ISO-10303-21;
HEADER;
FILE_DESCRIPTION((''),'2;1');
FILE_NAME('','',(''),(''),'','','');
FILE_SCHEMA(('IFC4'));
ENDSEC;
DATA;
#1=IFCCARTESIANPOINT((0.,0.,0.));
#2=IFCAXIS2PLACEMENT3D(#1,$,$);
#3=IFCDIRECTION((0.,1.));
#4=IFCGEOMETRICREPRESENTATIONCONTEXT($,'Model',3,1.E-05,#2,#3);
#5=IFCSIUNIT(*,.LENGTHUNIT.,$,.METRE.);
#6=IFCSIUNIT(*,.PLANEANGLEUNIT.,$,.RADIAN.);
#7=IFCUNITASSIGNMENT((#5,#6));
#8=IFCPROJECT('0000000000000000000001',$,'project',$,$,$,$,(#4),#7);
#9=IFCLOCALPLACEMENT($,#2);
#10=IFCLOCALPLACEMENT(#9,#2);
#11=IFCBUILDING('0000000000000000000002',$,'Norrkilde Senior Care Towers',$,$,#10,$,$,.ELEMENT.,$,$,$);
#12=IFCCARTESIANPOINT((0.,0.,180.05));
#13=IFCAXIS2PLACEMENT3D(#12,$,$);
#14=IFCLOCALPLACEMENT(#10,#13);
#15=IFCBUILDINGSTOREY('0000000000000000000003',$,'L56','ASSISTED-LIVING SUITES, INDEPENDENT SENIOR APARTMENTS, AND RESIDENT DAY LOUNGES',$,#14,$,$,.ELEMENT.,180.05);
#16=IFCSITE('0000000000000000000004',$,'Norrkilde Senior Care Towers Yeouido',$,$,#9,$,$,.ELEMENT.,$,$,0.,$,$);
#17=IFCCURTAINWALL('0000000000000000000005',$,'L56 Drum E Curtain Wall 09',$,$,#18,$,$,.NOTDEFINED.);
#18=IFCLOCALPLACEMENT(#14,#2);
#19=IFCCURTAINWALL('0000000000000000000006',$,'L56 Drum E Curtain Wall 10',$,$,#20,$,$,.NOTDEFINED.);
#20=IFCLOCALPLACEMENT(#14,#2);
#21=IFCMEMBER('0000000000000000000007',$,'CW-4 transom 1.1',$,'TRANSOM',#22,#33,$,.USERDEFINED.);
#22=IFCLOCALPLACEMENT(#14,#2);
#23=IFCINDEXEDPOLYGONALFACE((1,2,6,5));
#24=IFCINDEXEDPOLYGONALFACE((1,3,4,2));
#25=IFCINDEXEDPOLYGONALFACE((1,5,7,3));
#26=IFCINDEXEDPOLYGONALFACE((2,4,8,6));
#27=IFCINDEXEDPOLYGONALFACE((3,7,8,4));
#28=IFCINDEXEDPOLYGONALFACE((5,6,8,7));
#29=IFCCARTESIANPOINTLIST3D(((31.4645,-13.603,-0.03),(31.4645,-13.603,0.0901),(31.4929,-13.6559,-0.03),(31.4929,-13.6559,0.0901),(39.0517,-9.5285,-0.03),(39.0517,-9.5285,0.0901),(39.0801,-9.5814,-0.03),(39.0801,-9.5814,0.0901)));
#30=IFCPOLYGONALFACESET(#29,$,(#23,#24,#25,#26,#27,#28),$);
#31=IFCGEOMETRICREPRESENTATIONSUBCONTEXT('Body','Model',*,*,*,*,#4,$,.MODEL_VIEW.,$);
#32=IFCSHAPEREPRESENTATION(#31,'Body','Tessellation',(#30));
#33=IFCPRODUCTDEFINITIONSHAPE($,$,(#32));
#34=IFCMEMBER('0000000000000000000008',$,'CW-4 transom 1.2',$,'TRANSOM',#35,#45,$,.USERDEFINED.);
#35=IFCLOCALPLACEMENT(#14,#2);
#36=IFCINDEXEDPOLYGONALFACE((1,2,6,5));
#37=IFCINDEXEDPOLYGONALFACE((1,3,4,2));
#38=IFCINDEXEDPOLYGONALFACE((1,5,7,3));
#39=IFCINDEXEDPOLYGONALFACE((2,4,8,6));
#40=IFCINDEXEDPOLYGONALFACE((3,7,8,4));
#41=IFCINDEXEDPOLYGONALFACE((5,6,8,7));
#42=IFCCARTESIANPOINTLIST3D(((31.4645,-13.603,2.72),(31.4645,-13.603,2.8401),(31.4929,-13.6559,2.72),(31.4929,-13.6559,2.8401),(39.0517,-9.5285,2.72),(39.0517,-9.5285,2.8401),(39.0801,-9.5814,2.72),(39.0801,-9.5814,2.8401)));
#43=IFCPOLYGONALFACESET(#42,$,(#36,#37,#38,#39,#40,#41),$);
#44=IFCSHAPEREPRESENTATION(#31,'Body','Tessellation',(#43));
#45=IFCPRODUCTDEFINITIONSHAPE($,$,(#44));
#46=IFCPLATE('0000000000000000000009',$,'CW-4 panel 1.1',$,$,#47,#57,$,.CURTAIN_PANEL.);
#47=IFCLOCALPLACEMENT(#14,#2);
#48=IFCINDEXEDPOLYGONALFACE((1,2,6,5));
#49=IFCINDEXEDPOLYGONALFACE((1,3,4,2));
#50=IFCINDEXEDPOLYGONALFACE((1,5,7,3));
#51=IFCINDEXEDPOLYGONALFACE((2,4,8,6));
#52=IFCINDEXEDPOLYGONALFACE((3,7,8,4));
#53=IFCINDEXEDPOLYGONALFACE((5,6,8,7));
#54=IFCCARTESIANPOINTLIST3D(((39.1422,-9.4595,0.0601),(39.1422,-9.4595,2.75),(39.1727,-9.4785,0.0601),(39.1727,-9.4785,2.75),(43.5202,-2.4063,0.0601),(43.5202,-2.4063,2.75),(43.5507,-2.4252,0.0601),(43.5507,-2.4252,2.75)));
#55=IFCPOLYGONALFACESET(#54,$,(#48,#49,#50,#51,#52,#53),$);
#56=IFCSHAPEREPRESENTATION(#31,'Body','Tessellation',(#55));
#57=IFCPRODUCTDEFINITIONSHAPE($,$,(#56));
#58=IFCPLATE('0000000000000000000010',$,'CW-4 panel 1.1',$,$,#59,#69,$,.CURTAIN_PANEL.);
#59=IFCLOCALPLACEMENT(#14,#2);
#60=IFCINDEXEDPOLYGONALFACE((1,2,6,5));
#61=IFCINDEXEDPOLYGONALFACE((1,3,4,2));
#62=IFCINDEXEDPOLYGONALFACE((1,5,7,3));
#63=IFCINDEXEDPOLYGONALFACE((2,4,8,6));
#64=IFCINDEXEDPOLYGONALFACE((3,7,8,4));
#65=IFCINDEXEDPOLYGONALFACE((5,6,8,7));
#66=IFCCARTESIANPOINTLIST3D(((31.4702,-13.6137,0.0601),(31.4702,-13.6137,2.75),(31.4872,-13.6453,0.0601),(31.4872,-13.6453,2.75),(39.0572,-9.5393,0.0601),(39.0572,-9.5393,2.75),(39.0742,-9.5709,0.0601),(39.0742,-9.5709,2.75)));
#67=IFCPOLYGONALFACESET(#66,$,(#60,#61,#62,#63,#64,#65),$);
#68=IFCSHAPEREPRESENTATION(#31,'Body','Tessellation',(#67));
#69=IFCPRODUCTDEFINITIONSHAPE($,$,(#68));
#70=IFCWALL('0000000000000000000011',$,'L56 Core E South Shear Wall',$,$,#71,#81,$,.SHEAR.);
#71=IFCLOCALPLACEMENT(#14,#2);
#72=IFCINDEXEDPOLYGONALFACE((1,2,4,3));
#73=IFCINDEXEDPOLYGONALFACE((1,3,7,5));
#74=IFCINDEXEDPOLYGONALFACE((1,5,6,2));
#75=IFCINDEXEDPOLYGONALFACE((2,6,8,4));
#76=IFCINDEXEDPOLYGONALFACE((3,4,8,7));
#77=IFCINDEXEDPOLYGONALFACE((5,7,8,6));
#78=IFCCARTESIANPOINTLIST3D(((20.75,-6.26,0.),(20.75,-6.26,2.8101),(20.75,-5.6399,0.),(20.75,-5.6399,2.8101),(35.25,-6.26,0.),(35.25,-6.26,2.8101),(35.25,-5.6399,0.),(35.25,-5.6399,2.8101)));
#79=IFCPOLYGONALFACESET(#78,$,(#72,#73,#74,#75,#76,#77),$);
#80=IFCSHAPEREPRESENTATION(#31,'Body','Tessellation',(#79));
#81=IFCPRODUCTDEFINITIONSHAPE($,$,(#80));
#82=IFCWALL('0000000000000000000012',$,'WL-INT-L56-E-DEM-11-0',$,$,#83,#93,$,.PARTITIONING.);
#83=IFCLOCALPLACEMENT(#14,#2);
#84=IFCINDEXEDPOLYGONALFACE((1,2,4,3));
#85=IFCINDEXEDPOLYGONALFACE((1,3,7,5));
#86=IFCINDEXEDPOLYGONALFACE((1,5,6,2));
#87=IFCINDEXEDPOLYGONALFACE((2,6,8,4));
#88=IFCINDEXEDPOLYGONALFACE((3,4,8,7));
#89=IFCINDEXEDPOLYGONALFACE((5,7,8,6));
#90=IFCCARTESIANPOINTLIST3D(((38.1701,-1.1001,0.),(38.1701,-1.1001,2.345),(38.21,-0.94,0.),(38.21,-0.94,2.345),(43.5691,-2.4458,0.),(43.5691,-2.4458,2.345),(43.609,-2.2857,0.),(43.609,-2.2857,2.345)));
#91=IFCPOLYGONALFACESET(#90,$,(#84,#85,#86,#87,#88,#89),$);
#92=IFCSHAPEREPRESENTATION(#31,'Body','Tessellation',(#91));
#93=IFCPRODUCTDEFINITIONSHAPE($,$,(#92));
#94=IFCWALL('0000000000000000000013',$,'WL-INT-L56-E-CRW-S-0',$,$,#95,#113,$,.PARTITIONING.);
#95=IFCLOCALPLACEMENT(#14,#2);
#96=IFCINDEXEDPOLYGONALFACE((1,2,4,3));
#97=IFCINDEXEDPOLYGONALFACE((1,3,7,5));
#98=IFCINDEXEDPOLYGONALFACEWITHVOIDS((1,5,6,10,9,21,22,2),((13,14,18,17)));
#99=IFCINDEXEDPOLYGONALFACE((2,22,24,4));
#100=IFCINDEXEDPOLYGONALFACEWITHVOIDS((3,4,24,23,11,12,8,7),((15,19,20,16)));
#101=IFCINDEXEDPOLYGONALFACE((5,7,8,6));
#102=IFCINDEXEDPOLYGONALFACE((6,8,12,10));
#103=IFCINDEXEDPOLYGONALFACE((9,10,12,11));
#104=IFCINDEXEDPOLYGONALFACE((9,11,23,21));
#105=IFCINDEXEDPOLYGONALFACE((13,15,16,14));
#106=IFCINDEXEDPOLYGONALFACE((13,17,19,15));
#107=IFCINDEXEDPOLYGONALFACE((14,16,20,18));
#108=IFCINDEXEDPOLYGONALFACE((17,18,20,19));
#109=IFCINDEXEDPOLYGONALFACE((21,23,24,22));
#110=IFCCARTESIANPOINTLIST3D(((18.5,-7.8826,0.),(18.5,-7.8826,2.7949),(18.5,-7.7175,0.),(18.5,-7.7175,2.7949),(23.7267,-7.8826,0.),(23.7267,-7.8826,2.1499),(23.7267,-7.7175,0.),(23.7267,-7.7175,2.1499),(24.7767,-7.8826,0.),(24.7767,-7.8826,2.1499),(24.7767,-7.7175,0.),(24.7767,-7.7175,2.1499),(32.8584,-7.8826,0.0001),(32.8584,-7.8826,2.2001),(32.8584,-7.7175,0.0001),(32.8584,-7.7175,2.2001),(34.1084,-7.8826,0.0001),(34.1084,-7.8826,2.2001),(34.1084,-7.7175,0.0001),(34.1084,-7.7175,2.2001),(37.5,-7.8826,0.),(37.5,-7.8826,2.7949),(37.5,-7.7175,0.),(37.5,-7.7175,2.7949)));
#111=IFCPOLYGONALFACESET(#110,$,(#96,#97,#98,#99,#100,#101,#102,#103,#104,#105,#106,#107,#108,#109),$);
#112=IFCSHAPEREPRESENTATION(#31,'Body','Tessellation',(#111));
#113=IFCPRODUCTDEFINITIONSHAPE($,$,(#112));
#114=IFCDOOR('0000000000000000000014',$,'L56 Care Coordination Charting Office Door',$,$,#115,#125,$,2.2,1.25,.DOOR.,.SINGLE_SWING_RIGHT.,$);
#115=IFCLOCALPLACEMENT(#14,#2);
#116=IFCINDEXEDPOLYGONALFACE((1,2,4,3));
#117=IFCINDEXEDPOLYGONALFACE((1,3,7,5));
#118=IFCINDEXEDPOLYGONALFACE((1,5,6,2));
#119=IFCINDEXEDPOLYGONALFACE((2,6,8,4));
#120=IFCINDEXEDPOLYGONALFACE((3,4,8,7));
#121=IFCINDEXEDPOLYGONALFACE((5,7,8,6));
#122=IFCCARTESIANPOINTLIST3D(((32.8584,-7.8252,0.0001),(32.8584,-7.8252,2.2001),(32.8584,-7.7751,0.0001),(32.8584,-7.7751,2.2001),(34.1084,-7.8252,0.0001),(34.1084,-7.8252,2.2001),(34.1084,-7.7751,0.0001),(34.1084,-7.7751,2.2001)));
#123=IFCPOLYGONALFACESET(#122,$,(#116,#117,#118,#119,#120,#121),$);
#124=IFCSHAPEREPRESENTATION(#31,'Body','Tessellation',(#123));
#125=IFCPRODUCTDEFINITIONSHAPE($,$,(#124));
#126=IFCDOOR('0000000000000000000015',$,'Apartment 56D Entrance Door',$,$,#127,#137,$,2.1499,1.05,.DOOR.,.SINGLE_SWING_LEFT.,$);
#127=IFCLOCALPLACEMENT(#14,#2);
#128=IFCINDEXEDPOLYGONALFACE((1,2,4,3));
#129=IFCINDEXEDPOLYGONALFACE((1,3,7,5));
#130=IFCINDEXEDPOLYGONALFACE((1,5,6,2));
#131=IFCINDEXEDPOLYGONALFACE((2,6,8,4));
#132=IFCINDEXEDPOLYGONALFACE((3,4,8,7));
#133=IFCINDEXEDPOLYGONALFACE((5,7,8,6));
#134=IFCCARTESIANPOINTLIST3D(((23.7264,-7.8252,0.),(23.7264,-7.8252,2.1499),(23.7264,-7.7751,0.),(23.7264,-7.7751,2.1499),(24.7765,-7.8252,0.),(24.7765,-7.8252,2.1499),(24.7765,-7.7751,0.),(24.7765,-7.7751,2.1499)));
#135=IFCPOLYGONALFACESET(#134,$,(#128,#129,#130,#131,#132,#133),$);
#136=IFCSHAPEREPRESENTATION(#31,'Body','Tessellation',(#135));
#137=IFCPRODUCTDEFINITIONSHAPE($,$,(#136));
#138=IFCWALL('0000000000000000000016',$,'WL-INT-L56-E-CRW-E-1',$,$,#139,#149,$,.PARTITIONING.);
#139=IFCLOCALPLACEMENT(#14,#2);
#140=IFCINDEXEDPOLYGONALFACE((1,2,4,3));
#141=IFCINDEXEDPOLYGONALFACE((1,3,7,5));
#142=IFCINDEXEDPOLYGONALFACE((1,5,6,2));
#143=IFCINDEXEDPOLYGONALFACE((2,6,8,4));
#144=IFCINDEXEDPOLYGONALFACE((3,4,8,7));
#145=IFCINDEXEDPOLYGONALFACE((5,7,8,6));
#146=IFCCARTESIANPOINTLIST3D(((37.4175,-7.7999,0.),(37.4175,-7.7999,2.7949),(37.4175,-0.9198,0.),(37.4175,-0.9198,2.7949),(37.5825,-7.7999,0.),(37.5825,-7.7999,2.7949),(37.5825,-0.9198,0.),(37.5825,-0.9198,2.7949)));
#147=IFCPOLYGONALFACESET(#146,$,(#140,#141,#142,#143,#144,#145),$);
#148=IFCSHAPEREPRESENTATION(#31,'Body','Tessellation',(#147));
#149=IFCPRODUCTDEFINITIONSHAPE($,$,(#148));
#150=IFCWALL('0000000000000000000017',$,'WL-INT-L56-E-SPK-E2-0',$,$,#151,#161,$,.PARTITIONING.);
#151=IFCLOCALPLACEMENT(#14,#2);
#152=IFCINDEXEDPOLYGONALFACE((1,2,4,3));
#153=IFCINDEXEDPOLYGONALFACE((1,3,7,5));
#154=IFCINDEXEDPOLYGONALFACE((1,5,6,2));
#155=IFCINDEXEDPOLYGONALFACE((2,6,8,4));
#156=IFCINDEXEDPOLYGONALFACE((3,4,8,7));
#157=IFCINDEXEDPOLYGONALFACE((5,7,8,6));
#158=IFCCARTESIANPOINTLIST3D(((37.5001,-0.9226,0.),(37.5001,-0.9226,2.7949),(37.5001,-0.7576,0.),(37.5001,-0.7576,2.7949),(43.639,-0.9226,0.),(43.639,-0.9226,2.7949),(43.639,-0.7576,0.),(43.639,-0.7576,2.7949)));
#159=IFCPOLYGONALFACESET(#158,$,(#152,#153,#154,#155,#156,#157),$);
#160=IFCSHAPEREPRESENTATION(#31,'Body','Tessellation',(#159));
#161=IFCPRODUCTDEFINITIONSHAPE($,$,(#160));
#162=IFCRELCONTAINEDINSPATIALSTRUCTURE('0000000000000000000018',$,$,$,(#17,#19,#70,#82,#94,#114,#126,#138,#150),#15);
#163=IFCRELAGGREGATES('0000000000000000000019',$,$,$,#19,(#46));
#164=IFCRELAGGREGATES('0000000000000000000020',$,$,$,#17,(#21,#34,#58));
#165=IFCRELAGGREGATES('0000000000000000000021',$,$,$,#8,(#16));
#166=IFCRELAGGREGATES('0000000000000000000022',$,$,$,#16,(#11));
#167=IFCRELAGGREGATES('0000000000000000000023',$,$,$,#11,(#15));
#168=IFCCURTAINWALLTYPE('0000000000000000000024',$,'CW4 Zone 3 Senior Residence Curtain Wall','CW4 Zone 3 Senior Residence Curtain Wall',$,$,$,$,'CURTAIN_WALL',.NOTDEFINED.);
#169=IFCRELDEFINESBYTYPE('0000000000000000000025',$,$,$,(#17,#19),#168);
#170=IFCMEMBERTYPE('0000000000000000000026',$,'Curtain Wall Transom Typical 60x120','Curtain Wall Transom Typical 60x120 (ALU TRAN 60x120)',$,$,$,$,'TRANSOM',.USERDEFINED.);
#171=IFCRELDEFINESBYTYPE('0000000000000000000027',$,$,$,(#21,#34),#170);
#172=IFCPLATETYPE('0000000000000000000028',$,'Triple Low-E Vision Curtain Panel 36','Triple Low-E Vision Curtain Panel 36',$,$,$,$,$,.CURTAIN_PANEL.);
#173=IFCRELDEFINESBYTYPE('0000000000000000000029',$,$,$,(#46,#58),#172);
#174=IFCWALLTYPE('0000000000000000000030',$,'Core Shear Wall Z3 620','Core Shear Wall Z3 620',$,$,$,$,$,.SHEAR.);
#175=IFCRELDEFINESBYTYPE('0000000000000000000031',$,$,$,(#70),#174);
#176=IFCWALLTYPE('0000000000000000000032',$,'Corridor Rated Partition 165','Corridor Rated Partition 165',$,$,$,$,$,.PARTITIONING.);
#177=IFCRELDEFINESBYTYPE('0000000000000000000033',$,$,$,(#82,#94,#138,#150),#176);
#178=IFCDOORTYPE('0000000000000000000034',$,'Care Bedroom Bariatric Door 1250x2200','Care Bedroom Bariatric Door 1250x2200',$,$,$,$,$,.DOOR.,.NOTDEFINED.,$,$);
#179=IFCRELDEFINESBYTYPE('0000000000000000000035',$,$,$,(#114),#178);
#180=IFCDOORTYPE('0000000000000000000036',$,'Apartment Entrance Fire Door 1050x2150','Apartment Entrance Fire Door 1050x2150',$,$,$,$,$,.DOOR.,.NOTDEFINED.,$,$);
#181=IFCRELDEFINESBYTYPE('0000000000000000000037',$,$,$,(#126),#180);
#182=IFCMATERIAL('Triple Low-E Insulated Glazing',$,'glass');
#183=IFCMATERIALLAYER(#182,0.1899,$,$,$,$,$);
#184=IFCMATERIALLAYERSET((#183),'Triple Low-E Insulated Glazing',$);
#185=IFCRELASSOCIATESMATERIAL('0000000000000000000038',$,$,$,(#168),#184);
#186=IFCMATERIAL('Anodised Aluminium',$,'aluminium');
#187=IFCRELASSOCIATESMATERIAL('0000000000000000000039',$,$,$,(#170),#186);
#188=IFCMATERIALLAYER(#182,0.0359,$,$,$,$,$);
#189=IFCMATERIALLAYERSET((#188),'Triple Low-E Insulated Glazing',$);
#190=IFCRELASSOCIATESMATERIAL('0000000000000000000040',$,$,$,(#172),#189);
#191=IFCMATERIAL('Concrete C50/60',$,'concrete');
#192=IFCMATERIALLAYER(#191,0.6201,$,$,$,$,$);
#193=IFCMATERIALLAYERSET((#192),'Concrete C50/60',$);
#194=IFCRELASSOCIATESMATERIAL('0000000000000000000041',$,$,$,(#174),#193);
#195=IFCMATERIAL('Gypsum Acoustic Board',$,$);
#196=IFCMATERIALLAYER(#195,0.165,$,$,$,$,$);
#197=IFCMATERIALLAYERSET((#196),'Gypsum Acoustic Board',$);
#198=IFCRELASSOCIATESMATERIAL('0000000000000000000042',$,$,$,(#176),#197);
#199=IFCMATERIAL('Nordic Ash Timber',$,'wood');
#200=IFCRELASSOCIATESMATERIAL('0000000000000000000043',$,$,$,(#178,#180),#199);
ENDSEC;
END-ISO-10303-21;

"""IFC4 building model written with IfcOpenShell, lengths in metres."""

from ifc_helpers import new_model, si_unit, direction, frame, frame_2d, origin, origin_2d, place, context, subcontext, project, spatial, rectangle, extrude, source, transform, mapped, material, layer, layer_set, material_profile, profile_set, type_object, type_shapes, element, fill, aggregate, save


model = new_model("IFC4")

# Units and contexts
model_context = context("Model", 3, precision=1e-05, world=origin(), true_north=direction((0.0, 1.0)))
body_context = subcontext(model_context, "Body", "Model", "MODEL_VIEW")
ifc_project = project(units=[si_unit("LENGTHUNIT", "METRE"), si_unit("PLANEANGLEUNIT", "RADIAN")], contexts=[model_context])

# Site, building, storey
site_placement = place(None, origin())
site = spatial("IfcSite", under=ifc_project, at=site_placement, Name="Norrkilde Senior Care Towers Yeouido", CompositionType="ELEMENT", RefElevation=0.0)
building_placement = place(site_placement, origin())
building = spatial("IfcBuilding", under=site, at=building_placement, Name="Norrkilde Senior Care Towers", CompositionType="ELEMENT")
storey_placement = place(building_placement, frame((0.0, 0.0, 180.05)))
storey = spatial("IfcBuildingStorey", under=building, at=storey_placement, Name="L56", Description="ASSISTED-LIVING SUITES, INDEPENDENT SENIOR APARTMENTS, AND RESIDENT DAY LOUNGES", CompositionType="ELEMENT", Elevation=180.05)

# Shared definitions
ifc_material_1 = material(Name="Concrete C50/60", Category="concrete")

# Curtain wall
ifc_material_2 = material(Name="Triple Low-E Insulated Glazing", Category="glass")
ifc_layer_1 = layer(ifc_material_2, 0.1899)
ifc_layer_set_1 = layer_set([ifc_layer_1], Name="Triple Low-E Insulated Glazing")
curtain_wall_type = type_object("IfcCurtainWallType", Name="CW4 Zone 3 Senior Residence Curtain Wall", Description="CW4 Zone 3 Senior Residence Curtain Wall", ElementType="CURTAIN_WALL", PredefinedType="NOTDEFINED", material=ifc_layer_set_1)
curtain_wall_1_placement = place(storey_placement, origin())
curtain_wall_1 = element("IfcCurtainWall", 1, at=curtain_wall_1_placement, inside=storey, type_object=curtain_wall_type, Name="L56 Drum E Curtain Wall 09", PredefinedType="NOTDEFINED")
ifc_material_3 = material(Name="Anodised Aluminium", Category="aluminium")

# Curtain wall
curtain_wall_2_placement = place(storey_placement, origin())
curtain_wall_2 = element("IfcCurtainWall", 2, at=curtain_wall_2_placement, inside=storey, type_object=curtain_wall_type, Name="L56 Drum E Curtain Wall 10", PredefinedType="NOTDEFINED")

# Members
ifc_material_profile_1 = material_profile(ifc_material_3, rectangle(XDim=0.0601, YDim=0.1201, at=origin_2d()), Name="ALU TRAN 60x120")
ifc_profile_set_1 = profile_set([ifc_material_profile_1], Name="Anodised Aluminium")
member_type_1 = type_object("IfcMemberType", Name="Curtain Wall Transom Typical 60x120", Description="Curtain Wall Transom Typical 60x120 (ALU TRAN 60x120)", ElementType="TRANSOM", PredefinedType="USERDEFINED", material=ifc_profile_set_1)
shared_shape_1 = source(origin(), body_context, "Body", "SweptSolid", [
    extrude(rectangle(XDim=0.0601, YDim=0.1201, at=origin_2d()), origin(), (0.0, 0.0, 1.0), 8.6121),
])
member_1_placement = place(storey_placement, frame((39.0659, -9.5549, 0.03), z_axis=(-0.881, -0.473116, 0.0), x_axis=(0.473116, -0.881, 0.0)))
member_1 = element("IfcMember", 3, at=member_1_placement, type_object=member_type_1, Name="CW-4 transom 1.1", ObjectType="TRANSOM", PredefinedType="USERDEFINED", context=body_context, shape_type="MappedRepresentation", body=[
    mapped(shared_shape_1, transform((0.0, 0.0, 0.0), x_axis=(1.0, 0.0, 0.0), y_axis=(0.0, 1.0, 0.0), z_axis=(0.0, 0.0, 1.0), scale=1.0)),
])
member_2_placement = place(storey_placement, frame((39.0659, -9.5549, 2.78), z_axis=(-0.881, -0.473116, 0.0), x_axis=(0.473116, -0.881, 0.0)))
member_2 = element("IfcMember", 4, at=member_2_placement, type_object=member_type_1, Name="CW-4 transom 1.2", ObjectType="TRANSOM", PredefinedType="USERDEFINED", context=body_context, shape_type="MappedRepresentation", body=[
    mapped(shared_shape_1, transform((0.0, 0.0, 0.0), x_axis=(1.0, 0.0, 0.0), y_axis=(0.0, 1.0, 0.0), z_axis=(0.0, 0.0, 1.0), scale=1.0)),
])

# Plates
ifc_layer_2 = layer(ifc_material_2, 0.0359)
ifc_layer_set_2 = layer_set([ifc_layer_2], Name="Triple Low-E Insulated Glazing")
plate_type = type_object("IfcPlateType", Name="Triple Low-E Vision Curtain Panel 36", Description="Triple Low-E Vision Curtain Panel 36", PredefinedType="CURTAIN_PANEL", material=ifc_layer_set_2)
shared_shape_2 = source(origin(), body_context, "Body", "SweptSolid", [
    extrude(rectangle(XDim=8.3015, YDim=0.0359, at=origin_2d()), origin(), (0.0, 0.0, 1.0), 2.6899),
])
plate_1_placement = place(storey_placement, frame((41.3464, -5.9424, 0.0601), z_axis=(0.0, 0.0, 1.0), x_axis=(-0.527373, -0.849634, 0.0)))
plate_1 = element("IfcPlate", 5, at=plate_1_placement, type_object=plate_type, Name="CW-4 panel 1.1", PredefinedType="CURTAIN_PANEL", context=body_context, shape_type="MappedRepresentation", body=[
    mapped(shared_shape_2, transform((0.0, 0.0, 0.0), x_axis=(1.0, 0.0, 0.0), y_axis=(0.0, 1.0, 0.0), z_axis=(0.0, 0.0, 1.0), scale=1.0)),
])
aggregate(curtain_wall_2, [plate_1])
shared_shape_3 = source(origin(), body_context, "Body", "SweptSolid", [
    extrude(rectangle(XDim=8.6118, YDim=0.0359, at=origin_2d()), origin(), (0.0, 0.0, 1.0), 2.6899),
])
type_shapes(plate_type, [shared_shape_2, shared_shape_3])
plate_2_placement = place(storey_placement, frame((35.2722, -11.5923, 0.0601), z_axis=(0.0, 0.0, 1.0), x_axis=(-0.881, -0.473117, 0.0)))
plate_2 = element("IfcPlate", 6, at=plate_2_placement, type_object=plate_type, Name="CW-4 panel 1.1", PredefinedType="CURTAIN_PANEL", context=body_context, shape_type="MappedRepresentation", body=[
    mapped(shared_shape_3, transform((0.0, 0.0, 0.0), x_axis=(1.0, 0.0, 0.0), y_axis=(0.0, 1.0, 0.0), z_axis=(0.0, 0.0, 1.0), scale=1.0)),
])
aggregate(curtain_wall_1, [member_1, member_2, plate_2])

# Walls
ifc_layer_3 = layer(ifc_material_1, 0.6201)
ifc_layer_set_3 = layer_set([ifc_layer_3], Name="Concrete C50/60")
wall_type_1 = type_object("IfcWallType", Name="Core Shear Wall Z3 620", Description="Core Shear Wall Z3 620", PredefinedType="SHEAR", material=ifc_layer_set_3)
shared_shape_4 = source(origin(), body_context, "Body", "SweptSolid", [
    extrude(rectangle(XDim=14.5, YDim=0.6201, at=frame_2d((7.25, 0.0))), origin(), (0.0, 0.0, 1.0), 2.8101),
])
type_shapes(wall_type_1, [shared_shape_4])
wall_1_placement = place(storey_placement, frame((35.25, -5.95, 0.0), z_axis=(0.0, 0.0, 1.0), x_axis=(-1.0, 0.0, 0.0)))
element("IfcWall", 7, at=wall_1_placement, inside=storey, type_object=wall_type_1, Name="L56 Core E South Shear Wall", PredefinedType="SHEAR", context=body_context, shape_type="MappedRepresentation", body=[
    mapped(shared_shape_4, transform((0.0, 0.0, 0.0), x_axis=(1.0, 0.0, 0.0), y_axis=(0.0, 1.0, 0.0), z_axis=(0.0, 0.0, 1.0), scale=1.0)),
])
ifc_material_4 = material(Name="Gypsum Acoustic Board")
ifc_layer_4 = layer(ifc_material_4, 0.165)
ifc_layer_set_4 = layer_set([ifc_layer_4], Name="Gypsum Acoustic Board")
wall_type_2 = type_object("IfcWallType", Name="Corridor Rated Partition 165", Description="Corridor Rated Partition 165", PredefinedType="PARTITIONING", material=ifc_layer_set_4)
shared_shape_5 = source(origin(), body_context, "Body", "SweptSolid", [
    extrude(rectangle(XDim=5.5642, YDim=0.165, at=frame_2d((2.7822, 0.0))), origin(), (0.0, 0.0, 1.0), 2.345),
])
wall_2_placement = place(storey_placement, frame((38.1899, -1.02, 0.0), z_axis=(0.0, 0.0, 1.0), x_axis=(0.970313, -0.241854, 0.0)))
element("IfcWall", 8, at=wall_2_placement, inside=storey, type_object=wall_type_2, Name="WL-INT-L56-E-DEM-11-0", PredefinedType="PARTITIONING", context=body_context, shape_type="MappedRepresentation", body=[
    mapped(shared_shape_5, transform((0.0, 0.0, 0.0), x_axis=(1.0, 0.0, 0.0), y_axis=(0.0, 1.0, 0.0), z_axis=(0.0, 0.0, 1.0), scale=1.0)),
])

# Wall, openings, doors
shared_shape_6 = source(origin(), body_context, "Body", "SweptSolid", [
    extrude(rectangle(XDim=19.0, YDim=0.165, at=frame_2d((9.5, 0.0))), origin(), (0.0, 0.0, 1.0), 2.7949),
])
wall_3_placement = place(storey_placement, frame((37.5, -7.8, 0.0), z_axis=(0.0, 0.0, 1.0), x_axis=(-1.0, 0.0, 0.0)))
wall_3 = element("IfcWall", 9, at=wall_3_placement, inside=storey, type_object=wall_type_2, Name="WL-INT-L56-E-CRW-S-0", PredefinedType="PARTITIONING", context=body_context, shape_type="MappedRepresentation", body=[
    mapped(shared_shape_6, transform((0.0, 0.0, 0.0), x_axis=(1.0, 0.0, 0.0), y_axis=(0.0, 1.0, 0.0), z_axis=(0.0, 0.0, 1.0), scale=1.0)),
])
opening_1_placement = place(wall_3_placement, frame((12.7234, 0.0, 0.0)))
opening_1 = element("IfcOpeningElement", 10, at=opening_1_placement, cuts=wall_3, PredefinedType="OPENING", context=body_context, shape_type="SweptSolid", body=[
    extrude(rectangle(XDim=1.05, YDim=2.1499, at=frame_2d((0.5249, 1.075))), frame((0.0, 0.0925, 0.0), z_axis=(0.0, -1.0, 0.0), x_axis=(1.0, 0.0, 0.0)), (0.0, 0.0, 1.0), 0.1851),
])
opening_2_placement = place(wall_3_placement, frame((3.3916, 0.0, 0.0)))
opening_2 = element("IfcOpeningElement", 11, at=opening_2_placement, cuts=wall_3, PredefinedType="OPENING", context=body_context, shape_type="SweptSolid", body=[
    extrude(rectangle(XDim=1.25, YDim=2.2, at=frame_2d((0.625, 1.1001))), frame((0.0, 0.0925, 0.0), z_axis=(0.0, -1.0, 0.0), x_axis=(1.0, 0.0, 0.0)), (0.0, 0.0, 1.0), 0.1851),
])
ifc_material_5 = material(Name="Nordic Ash Timber", Category="wood")
door_type_1 = type_object("IfcDoorType", Name="Care Bedroom Bariatric Door 1250x2200", Description="Care Bedroom Bariatric Door 1250x2200", OperationType="NOTDEFINED", PredefinedType="DOOR", material=ifc_material_5)
shared_shape_7 = source(origin(), body_context, "Body", "SweptSolid", [
    extrude(rectangle(XDim=1.25, YDim=2.2, at=frame_2d((0.625, 1.1001))), frame((0.0, 0.0249, 0.0), z_axis=(0.0, -1.0, 0.0), x_axis=(1.0, 0.0, 0.0)), (0.0, 0.0, 1.0), 0.05),
])
type_shapes(door_type_1, [shared_shape_7])
door_1_placement = place(opening_2_placement, frame((1.25, 0.0, 0.0), z_axis=(0.0, 0.0, 1.0), x_axis=(-1.0, 0.0, 0.0)))
door_1 = element("IfcDoor", 12, at=door_1_placement, inside=storey, type_object=door_type_1, Name="L56 Care Coordination Charting Office Door", OperationType="SINGLE_SWING_RIGHT", OverallHeight=2.2, OverallWidth=1.25, PredefinedType="DOOR", context=body_context, shape_type="MappedRepresentation", body=[
    mapped(shared_shape_7, transform((0.0, 0.0, 0.0), x_axis=(1.0, 0.0, 0.0), y_axis=(0.0, 1.0, 0.0), z_axis=(0.0, 0.0, 1.0), scale=1.0)),
])
fill(opening_2, door_1)
door_type_2 = type_object("IfcDoorType", Name="Apartment Entrance Fire Door 1050x2150", Description="Apartment Entrance Fire Door 1050x2150", OperationType="NOTDEFINED", PredefinedType="DOOR", material=ifc_material_5)
shared_shape_8 = source(origin(), body_context, "Body", "SweptSolid", [
    extrude(rectangle(XDim=1.05, YDim=2.1499, at=frame_2d((0.5249, 1.075))), frame((0.0, 0.0249, 0.0), z_axis=(0.0, -1.0, 0.0), x_axis=(1.0, 0.0, 0.0)), (0.0, 0.0, 1.0), 0.05),
])
type_shapes(door_type_2, [shared_shape_8])
door_2_placement = place(opening_1_placement, frame((1.05, 0.0, 0.0), z_axis=(0.0, 0.0, 1.0), x_axis=(-1.0, 0.0, 0.0)))
door_2 = element("IfcDoor", 13, at=door_2_placement, inside=storey, type_object=door_type_2, Name="Apartment 56D Entrance Door", OperationType="SINGLE_SWING_LEFT", OverallHeight=2.1499, OverallWidth=1.05, PredefinedType="DOOR", context=body_context, shape_type="MappedRepresentation", body=[
    mapped(shared_shape_8, transform((0.0, 0.0, 0.0), x_axis=(1.0, 0.0, 0.0), y_axis=(0.0, 1.0, 0.0), z_axis=(0.0, 0.0, 1.0), scale=1.0)),
])
fill(opening_1, door_2)

# Walls
shared_shape_9 = source(origin(), body_context, "Body", "SweptSolid", [
    extrude(rectangle(XDim=6.8801, YDim=0.165, at=frame_2d((3.4399, 0.0))), origin(), (0.0, 0.0, 1.0), 2.7949),
])
wall_4_placement = place(storey_placement, frame((37.5, -0.9199, 0.0), z_axis=(0.0, 0.0, 1.0), x_axis=(0.0, -1.0, 0.0)))
element("IfcWall", 14, at=wall_4_placement, inside=storey, type_object=wall_type_2, Name="WL-INT-L56-E-CRW-E-1", PredefinedType="PARTITIONING", context=body_context, shape_type="MappedRepresentation", body=[
    mapped(shared_shape_9, transform((0.0, 0.0, 0.0), x_axis=(1.0, 0.0, 0.0), y_axis=(0.0, 1.0, 0.0), z_axis=(0.0, 0.0, 1.0), scale=1.0)),
])
shared_shape_10 = source(origin(), body_context, "Body", "SweptSolid", [
    extrude(rectangle(XDim=6.1389, YDim=0.165, at=frame_2d((3.0693, 0.0))), origin(), (0.0, 0.0, 1.0), 2.7949),
])
type_shapes(wall_type_2, [shared_shape_5, shared_shape_6, shared_shape_9, shared_shape_10])
wall_5_placement = place(storey_placement, frame((43.6389, -0.8401, 0.0), z_axis=(0.0, 0.0, 1.0), x_axis=(-1.0, 0.0, 0.0)))
element("IfcWall", 15, at=wall_5_placement, inside=storey, type_object=wall_type_2, Name="WL-INT-L56-E-SPK-E2-0", PredefinedType="PARTITIONING", context=body_context, shape_type="MappedRepresentation", body=[
    mapped(shared_shape_10, transform((0.0, 0.0, 0.0), x_axis=(1.0, 0.0, 0.0), y_axis=(0.0, 1.0, 0.0), z_axis=(0.0, 0.0, 1.0), scale=1.0)),
])

save(model, "model.ifc")
